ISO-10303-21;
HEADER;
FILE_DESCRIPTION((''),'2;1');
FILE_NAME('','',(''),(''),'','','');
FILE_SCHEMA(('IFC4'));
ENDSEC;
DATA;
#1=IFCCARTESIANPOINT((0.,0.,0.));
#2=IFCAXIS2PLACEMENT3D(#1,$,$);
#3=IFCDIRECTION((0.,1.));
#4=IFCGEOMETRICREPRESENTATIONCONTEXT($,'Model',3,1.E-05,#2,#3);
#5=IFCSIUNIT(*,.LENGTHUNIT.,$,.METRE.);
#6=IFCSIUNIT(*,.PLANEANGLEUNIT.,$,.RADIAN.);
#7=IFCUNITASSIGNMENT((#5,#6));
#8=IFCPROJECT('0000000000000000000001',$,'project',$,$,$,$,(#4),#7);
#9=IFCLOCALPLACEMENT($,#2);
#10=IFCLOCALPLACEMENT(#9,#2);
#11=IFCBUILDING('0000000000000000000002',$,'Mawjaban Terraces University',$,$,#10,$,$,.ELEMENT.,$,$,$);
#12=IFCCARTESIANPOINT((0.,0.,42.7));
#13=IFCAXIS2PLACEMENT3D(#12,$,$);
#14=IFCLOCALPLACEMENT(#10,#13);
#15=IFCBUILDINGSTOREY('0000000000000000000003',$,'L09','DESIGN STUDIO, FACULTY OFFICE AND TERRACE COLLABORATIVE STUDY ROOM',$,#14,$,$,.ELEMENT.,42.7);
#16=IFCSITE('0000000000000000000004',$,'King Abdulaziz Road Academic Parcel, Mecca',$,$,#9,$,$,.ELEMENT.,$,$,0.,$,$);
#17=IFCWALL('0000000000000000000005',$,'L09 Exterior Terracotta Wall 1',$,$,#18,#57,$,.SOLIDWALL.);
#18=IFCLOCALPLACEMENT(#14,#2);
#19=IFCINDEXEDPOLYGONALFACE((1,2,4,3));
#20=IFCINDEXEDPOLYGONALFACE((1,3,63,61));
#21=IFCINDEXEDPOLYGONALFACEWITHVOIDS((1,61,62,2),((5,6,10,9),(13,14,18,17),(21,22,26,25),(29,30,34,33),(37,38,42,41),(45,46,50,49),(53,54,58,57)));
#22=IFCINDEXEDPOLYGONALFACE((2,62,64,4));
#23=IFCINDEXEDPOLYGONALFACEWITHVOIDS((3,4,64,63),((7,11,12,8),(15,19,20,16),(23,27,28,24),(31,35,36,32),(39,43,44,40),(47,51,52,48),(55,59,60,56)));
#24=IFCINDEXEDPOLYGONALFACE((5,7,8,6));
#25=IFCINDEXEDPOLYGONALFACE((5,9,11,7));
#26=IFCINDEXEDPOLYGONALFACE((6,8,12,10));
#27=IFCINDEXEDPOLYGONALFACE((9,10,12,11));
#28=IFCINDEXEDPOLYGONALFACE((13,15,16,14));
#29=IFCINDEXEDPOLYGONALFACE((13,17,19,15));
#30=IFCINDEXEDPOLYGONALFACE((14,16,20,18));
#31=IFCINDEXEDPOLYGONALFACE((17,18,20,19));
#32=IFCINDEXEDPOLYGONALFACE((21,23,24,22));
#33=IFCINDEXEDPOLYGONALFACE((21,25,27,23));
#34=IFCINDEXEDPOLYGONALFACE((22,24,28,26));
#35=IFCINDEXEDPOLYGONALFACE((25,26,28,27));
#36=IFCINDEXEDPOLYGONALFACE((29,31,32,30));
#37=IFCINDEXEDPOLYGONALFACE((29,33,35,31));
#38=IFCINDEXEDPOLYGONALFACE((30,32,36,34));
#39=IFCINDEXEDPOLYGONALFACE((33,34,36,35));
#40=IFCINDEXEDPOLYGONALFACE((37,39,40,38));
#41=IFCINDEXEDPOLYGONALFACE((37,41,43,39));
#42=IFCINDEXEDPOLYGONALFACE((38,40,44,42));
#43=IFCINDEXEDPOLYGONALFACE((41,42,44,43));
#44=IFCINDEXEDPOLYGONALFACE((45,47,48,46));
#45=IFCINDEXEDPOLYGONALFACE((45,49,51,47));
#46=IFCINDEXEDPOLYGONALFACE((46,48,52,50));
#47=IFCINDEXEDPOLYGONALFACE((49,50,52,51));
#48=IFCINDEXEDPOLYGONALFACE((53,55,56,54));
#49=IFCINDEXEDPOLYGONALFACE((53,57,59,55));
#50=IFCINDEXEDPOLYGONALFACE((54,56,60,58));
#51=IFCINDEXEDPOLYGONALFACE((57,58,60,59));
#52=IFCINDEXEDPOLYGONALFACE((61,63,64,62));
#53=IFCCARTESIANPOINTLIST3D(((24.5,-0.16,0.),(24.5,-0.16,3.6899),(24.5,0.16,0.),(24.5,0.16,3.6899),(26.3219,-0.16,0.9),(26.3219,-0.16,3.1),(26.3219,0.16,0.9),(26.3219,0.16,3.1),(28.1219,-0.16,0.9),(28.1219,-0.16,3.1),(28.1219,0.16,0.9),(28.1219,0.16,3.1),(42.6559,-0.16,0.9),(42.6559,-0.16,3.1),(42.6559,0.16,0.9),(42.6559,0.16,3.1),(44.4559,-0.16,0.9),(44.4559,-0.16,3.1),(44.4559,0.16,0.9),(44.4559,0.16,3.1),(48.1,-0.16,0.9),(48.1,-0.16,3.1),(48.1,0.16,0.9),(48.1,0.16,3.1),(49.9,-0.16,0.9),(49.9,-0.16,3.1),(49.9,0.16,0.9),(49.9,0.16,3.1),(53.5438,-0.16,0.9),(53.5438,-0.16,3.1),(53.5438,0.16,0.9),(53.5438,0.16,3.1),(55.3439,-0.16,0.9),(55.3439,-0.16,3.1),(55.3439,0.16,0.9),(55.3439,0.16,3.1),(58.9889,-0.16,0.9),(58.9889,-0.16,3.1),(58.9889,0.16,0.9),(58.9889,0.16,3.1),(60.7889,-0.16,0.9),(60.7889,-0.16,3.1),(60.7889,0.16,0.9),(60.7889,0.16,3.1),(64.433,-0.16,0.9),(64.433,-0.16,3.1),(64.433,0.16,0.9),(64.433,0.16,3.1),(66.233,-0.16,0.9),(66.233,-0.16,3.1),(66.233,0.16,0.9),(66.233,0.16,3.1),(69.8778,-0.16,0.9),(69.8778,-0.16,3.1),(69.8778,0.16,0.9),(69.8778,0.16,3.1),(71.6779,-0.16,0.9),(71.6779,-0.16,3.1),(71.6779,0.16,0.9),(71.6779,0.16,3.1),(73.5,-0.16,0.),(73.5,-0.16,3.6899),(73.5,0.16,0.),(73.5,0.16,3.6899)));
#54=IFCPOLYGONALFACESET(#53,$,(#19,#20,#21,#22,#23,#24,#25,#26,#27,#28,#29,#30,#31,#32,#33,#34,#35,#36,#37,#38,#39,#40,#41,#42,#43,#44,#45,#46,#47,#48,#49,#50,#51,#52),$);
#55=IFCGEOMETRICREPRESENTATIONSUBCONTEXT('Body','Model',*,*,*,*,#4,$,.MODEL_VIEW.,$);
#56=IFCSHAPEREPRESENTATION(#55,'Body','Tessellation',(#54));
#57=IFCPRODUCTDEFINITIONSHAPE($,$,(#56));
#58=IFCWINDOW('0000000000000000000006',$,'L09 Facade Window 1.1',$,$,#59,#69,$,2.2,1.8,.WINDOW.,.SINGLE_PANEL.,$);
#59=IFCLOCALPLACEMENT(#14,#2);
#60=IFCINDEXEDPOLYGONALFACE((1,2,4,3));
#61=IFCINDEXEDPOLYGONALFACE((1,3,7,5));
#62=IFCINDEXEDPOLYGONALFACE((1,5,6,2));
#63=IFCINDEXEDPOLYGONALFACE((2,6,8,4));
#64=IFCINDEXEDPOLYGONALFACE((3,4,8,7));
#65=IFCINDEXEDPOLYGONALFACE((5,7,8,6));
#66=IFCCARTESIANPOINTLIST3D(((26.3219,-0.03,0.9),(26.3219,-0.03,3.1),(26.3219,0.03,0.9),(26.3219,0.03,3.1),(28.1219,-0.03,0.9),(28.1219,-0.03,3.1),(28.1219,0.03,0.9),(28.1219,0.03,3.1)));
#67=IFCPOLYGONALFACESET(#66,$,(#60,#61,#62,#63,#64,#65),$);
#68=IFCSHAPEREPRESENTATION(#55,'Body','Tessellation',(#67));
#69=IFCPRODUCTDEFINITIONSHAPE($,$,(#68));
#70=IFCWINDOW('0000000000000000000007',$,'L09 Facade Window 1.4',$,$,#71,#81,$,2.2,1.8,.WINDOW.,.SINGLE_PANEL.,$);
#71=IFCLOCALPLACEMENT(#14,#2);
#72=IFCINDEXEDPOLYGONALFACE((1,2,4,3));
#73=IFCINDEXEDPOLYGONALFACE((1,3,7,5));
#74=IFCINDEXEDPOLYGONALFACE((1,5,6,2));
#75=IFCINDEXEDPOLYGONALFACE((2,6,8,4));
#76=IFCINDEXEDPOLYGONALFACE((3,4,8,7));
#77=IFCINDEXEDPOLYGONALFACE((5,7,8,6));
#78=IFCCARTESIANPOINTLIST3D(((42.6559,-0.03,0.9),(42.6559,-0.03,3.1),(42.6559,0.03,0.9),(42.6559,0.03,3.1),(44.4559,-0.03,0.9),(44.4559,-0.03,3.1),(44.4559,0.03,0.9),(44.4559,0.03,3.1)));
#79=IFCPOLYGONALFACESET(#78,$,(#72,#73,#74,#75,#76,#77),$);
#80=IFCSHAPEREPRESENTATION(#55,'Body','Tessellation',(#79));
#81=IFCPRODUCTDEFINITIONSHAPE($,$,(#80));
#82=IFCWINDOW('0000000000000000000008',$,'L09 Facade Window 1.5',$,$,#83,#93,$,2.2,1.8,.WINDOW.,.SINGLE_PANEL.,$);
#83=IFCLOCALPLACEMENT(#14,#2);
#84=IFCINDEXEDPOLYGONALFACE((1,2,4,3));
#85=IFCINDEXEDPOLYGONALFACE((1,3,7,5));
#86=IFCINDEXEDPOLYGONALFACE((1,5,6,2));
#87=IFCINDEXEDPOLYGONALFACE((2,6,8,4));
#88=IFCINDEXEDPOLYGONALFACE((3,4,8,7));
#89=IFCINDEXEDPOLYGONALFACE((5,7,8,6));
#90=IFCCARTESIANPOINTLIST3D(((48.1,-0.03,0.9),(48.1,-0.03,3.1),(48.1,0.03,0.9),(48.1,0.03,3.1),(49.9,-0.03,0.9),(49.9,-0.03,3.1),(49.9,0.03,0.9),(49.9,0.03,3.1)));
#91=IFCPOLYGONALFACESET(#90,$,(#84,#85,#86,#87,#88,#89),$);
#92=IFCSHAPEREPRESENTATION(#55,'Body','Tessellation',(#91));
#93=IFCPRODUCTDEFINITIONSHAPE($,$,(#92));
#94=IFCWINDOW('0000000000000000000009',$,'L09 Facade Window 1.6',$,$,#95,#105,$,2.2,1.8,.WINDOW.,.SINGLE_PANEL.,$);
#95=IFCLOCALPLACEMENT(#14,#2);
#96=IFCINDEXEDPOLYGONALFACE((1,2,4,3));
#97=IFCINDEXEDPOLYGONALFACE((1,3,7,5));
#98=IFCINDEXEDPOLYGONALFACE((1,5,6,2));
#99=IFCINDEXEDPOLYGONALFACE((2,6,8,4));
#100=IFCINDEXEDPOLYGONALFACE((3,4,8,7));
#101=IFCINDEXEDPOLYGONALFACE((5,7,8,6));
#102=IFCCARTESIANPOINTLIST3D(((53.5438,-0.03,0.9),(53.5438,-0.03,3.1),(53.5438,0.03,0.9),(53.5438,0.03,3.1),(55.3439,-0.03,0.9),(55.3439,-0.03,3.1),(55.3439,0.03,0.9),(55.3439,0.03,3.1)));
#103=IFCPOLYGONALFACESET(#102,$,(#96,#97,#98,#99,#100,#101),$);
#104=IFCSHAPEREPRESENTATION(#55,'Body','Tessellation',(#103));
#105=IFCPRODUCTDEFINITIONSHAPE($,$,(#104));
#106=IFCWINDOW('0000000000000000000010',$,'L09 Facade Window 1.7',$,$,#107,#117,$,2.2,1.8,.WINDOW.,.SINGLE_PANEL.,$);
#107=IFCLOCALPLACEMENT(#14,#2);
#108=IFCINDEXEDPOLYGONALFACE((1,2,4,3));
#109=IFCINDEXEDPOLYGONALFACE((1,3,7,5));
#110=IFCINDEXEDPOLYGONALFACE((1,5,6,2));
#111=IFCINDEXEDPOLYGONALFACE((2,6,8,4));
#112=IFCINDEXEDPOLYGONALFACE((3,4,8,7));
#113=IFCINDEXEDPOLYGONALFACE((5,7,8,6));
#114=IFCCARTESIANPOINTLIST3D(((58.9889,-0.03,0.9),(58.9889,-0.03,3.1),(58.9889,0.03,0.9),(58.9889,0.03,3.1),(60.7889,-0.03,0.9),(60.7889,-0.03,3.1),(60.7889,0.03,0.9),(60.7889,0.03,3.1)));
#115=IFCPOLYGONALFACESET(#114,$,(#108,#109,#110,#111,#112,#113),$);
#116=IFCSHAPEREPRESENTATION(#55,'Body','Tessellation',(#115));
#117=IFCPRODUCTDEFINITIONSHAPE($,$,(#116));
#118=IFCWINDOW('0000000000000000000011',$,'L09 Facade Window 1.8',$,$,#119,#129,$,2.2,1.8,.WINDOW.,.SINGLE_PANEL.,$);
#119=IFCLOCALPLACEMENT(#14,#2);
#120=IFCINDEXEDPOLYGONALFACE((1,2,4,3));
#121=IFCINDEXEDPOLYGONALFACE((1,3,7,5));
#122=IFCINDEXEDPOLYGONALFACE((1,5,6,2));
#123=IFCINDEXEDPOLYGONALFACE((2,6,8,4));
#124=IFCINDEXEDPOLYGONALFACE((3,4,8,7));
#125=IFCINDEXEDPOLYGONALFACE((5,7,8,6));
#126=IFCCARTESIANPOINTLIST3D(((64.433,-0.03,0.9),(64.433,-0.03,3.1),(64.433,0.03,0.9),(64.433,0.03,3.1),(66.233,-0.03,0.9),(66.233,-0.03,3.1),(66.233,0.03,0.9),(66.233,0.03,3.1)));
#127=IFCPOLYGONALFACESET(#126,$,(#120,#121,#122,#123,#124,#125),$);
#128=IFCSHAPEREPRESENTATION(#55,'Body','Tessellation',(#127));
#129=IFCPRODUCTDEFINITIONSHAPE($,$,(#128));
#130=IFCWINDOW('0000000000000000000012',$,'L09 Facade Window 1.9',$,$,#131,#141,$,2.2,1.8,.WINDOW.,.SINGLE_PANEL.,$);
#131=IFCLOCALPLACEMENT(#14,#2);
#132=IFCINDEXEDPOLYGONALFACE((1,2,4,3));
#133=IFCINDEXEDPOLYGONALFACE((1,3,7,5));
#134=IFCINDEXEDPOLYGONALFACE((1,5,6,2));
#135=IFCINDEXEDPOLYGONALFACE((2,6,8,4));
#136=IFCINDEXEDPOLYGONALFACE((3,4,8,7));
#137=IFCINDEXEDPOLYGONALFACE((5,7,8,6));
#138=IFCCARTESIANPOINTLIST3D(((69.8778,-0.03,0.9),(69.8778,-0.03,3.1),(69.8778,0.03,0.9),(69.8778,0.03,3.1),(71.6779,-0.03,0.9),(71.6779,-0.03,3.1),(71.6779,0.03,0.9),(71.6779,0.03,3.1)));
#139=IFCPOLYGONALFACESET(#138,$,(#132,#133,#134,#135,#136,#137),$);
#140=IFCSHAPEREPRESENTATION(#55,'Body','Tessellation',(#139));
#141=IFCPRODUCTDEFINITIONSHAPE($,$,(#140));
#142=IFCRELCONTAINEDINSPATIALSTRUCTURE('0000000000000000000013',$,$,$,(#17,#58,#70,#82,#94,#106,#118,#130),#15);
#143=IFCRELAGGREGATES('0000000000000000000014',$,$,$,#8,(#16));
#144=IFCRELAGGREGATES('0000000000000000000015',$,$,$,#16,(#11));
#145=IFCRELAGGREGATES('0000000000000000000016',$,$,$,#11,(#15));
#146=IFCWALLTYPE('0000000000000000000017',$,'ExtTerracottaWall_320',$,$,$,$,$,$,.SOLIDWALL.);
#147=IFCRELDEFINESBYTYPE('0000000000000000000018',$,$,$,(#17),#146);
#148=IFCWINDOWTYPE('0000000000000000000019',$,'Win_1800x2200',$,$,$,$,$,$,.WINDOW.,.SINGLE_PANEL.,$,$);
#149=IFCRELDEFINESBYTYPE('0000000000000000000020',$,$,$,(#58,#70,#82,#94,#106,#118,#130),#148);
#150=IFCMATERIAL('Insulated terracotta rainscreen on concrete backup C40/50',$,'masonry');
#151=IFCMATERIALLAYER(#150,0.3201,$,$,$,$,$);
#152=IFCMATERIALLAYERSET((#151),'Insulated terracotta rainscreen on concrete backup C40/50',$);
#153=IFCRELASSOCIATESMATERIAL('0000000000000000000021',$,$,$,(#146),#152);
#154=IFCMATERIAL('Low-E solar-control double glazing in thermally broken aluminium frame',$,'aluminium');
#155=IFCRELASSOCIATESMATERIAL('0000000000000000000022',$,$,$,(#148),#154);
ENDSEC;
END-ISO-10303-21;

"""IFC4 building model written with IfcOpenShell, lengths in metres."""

from ifc_helpers import new_model, si_unit, direction, frame, frame_2d, origin, place, context, subcontext, project, spatial, rectangle, extrude, material, layer, layer_set, type_object, element, fill, save


model = new_model("IFC4")

# Units and contexts
model_context = context("Model", 3, precision=1e-05, world=origin(), true_north=direction((0.0, 1.0)))
body_context = subcontext(model_context, "Body", "Model", "MODEL_VIEW")
ifc_project = project(units=[si_unit("LENGTHUNIT", "METRE"), si_unit("PLANEANGLEUNIT", "RADIAN")], contexts=[model_context])

# Site, building, storey
site_placement = place(None, origin())
site = spatial("IfcSite", under=ifc_project, at=site_placement, Name="King Abdulaziz Road Academic Parcel, Mecca", CompositionType="ELEMENT", RefElevation=0.0)
building_placement = place(site_placement, origin())
building = spatial("IfcBuilding", under=site, at=building_placement, Name="Mawjaban Terraces University", CompositionType="ELEMENT")
storey_placement = place(building_placement, frame((0.0, 0.0, 42.7)))
storey = spatial("IfcBuildingStorey", under=building, at=storey_placement, Name="L09", Description="DESIGN STUDIO, FACULTY OFFICE AND TERRACE COLLABORATIVE STUDY ROOM", CompositionType="ELEMENT", Elevation=42.7)

# Wall, openings, windows
ifc_material_1 = material(Name="Insulated terracotta rainscreen on concrete backup C40/50", Category="masonry")
ifc_layer_1 = layer(ifc_material_1, 0.3201)
ifc_layer_set_1 = layer_set([ifc_layer_1], Name="Insulated terracotta rainscreen on concrete backup C40/50")
wall_type_1 = type_object("IfcWallType", Name="ExtTerracottaWall_320", PredefinedType="SOLIDWALL", material=ifc_layer_set_1)
wall_1_placement = place(storey_placement, frame((24.5, 0.0, 0.0), z_axis=(0.0, 0.0, 1.0), x_axis=(1.0, 0.0, 0.0)))
wall_1 = element("IfcWall", 1, at=wall_1_placement, inside=storey, type_object=wall_type_1, Name="L09 Exterior Terracotta Wall 1", PredefinedType="SOLIDWALL", context=body_context, shape_type="SweptSolid", body=[
    extrude(rectangle(XDim=49.0, YDim=0.3201, at=frame_2d((24.5, 0.0))), origin(), (0.0, 0.0, 1.0), 3.6899),
])
opening_1_placement = place(wall_1_placement, frame((1.822, 0.0, 0.8999)))
opening_1 = element("IfcOpeningElement", 2, at=opening_1_placement, cuts=wall_1, PredefinedType="OPENING", context=body_context, shape_type="SweptSolid", body=[
    extrude(rectangle(XDim=1.8, YDim=2.2, at=frame_2d((0.8999, 1.1001))), frame((0.0, 0.1699, 0.0), z_axis=(0.0, -1.0, 0.0), x_axis=(1.0, 0.0, 0.0)), (0.0, 0.0, 1.0), 0.3401),
])
opening_2_placement = place(wall_1_placement, frame((18.156, 0.0, 0.8999)))
opening_2 = element("IfcOpeningElement", 3, at=opening_2_placement, cuts=wall_1, PredefinedType="OPENING", context=body_context, shape_type="SweptSolid", body=[
    extrude(rectangle(XDim=1.8, YDim=2.2, at=frame_2d((0.8999, 1.1001))), frame((0.0, 0.1699, 0.0), z_axis=(0.0, -1.0, 0.0), x_axis=(1.0, 0.0, 0.0)), (0.0, 0.0, 1.0), 0.3401),
])
opening_3_placement = place(wall_1_placement, frame((23.6001, 0.0, 0.8999)))
opening_3 = element("IfcOpeningElement", 4, at=opening_3_placement, cuts=wall_1, PredefinedType="OPENING", context=body_context, shape_type="SweptSolid", body=[
    extrude(rectangle(XDim=1.8, YDim=2.2, at=frame_2d((0.8999, 1.1001))), frame((0.0, 0.1699, 0.0), z_axis=(0.0, -1.0, 0.0), x_axis=(1.0, 0.0, 0.0)), (0.0, 0.0, 1.0), 0.3401),
])
opening_4_placement = place(wall_1_placement, frame((29.0439, 0.0, 0.8999)))
opening_4 = element("IfcOpeningElement", 5, at=opening_4_placement, cuts=wall_1, PredefinedType="OPENING", context=body_context, shape_type="SweptSolid", body=[
    extrude(rectangle(XDim=1.8, YDim=2.2, at=frame_2d((0.8999, 1.1001))), frame((0.0, 0.1699, 0.0), z_axis=(0.0, -1.0, 0.0), x_axis=(1.0, 0.0, 0.0)), (0.0, 0.0, 1.0), 0.3401),
])
opening_5_placement = place(wall_1_placement, frame((34.489, 0.0, 0.8999)))
opening_5 = element("IfcOpeningElement", 6, at=opening_5_placement, cuts=wall_1, PredefinedType="OPENING", context=body_context, shape_type="SweptSolid", body=[
    extrude(rectangle(XDim=1.8, YDim=2.2, at=frame_2d((0.8999, 1.1001))), frame((0.0, 0.1699, 0.0), z_axis=(0.0, -1.0, 0.0), x_axis=(1.0, 0.0, 0.0)), (0.0, 0.0, 1.0), 0.3401),
])
opening_6_placement = place(wall_1_placement, frame((39.9331, 0.0, 0.8999)))
opening_6 = element("IfcOpeningElement", 7, at=opening_6_placement, cuts=wall_1, PredefinedType="OPENING", context=body_context, shape_type="SweptSolid", body=[
    extrude(rectangle(XDim=1.8, YDim=2.2, at=frame_2d((0.8999, 1.1001))), frame((0.0, 0.1699, 0.0), z_axis=(0.0, -1.0, 0.0), x_axis=(1.0, 0.0, 0.0)), (0.0, 0.0, 1.0), 0.3401),
])
opening_7_placement = place(wall_1_placement, frame((45.3779, 0.0, 0.8999)))
opening_7 = element("IfcOpeningElement", 8, at=opening_7_placement, cuts=wall_1, PredefinedType="OPENING", context=body_context, shape_type="SweptSolid", body=[
    extrude(rectangle(XDim=1.8, YDim=2.2, at=frame_2d((0.8999, 1.1001))), frame((0.0, 0.1699, 0.0), z_axis=(0.0, -1.0, 0.0), x_axis=(1.0, 0.0, 0.0)), (0.0, 0.0, 1.0), 0.3401),
])
ifc_material_2 = material(Name="Low-E solar-control double glazing in thermally broken aluminium frame", Category="aluminium")
window_type = type_object("IfcWindowType", Name="Win_1800x2200", PartitioningType="SINGLE_PANEL", PredefinedType="WINDOW", material=ifc_material_2)
window_1_placement = place(opening_1_placement, origin())
window_1 = element("IfcWindow", 9, at=window_1_placement, inside=storey, type_object=window_type, Name="L09 Facade Window 1.1", OverallHeight=2.2, OverallWidth=1.8, PartitioningType="SINGLE_PANEL", PredefinedType="WINDOW", context=body_context, shape_type="SweptSolid", body=[
    extrude(rectangle(XDim=1.8, YDim=2.2, at=frame_2d((0.8999, 1.1001))), frame((0.0, 0.03, 0.0), z_axis=(0.0, -1.0, 0.0), x_axis=(1.0, 0.0, 0.0)), (0.0, 0.0, 1.0), 0.0601),
])
fill(opening_1, window_1)
window_2_placement = place(opening_2_placement, origin())
window_2 = element("IfcWindow", 10, at=window_2_placement, inside=storey, type_object=window_type, Name="L09 Facade Window 1.4", OverallHeight=2.2, OverallWidth=1.8, PartitioningType="SINGLE_PANEL", PredefinedType="WINDOW", context=body_context, shape_type="SweptSolid", body=[
    extrude(rectangle(XDim=1.8, YDim=2.2, at=frame_2d((0.8999, 1.1001))), frame((0.0, 0.03, 0.0), z_axis=(0.0, -1.0, 0.0), x_axis=(1.0, 0.0, 0.0)), (0.0, 0.0, 1.0), 0.0601),
])
fill(opening_2, window_2)
window_3_placement = place(opening_3_placement, origin())
window_3 = element("IfcWindow", 11, at=window_3_placement, inside=storey, type_object=window_type, Name="L09 Facade Window 1.5", OverallHeight=2.2, OverallWidth=1.8, PartitioningType="SINGLE_PANEL", PredefinedType="WINDOW", context=body_context, shape_type="SweptSolid", body=[
    extrude(rectangle(XDim=1.8, YDim=2.2, at=frame_2d((0.8999, 1.1001))), frame((0.0, 0.03, 0.0), z_axis=(0.0, -1.0, 0.0), x_axis=(1.0, 0.0, 0.0)), (0.0, 0.0, 1.0), 0.0601),
])
fill(opening_3, window_3)
window_4_placement = place(opening_4_placement, origin())
window_4 = element("IfcWindow", 12, at=window_4_placement, inside=storey, type_object=window_type, Name="L09 Facade Window 1.6", OverallHeight=2.2, OverallWidth=1.8, PartitioningType="SINGLE_PANEL", PredefinedType="WINDOW", context=body_context, shape_type="SweptSolid", body=[
    extrude(rectangle(XDim=1.8, YDim=2.2, at=frame_2d((0.8999, 1.1001))), frame((0.0, 0.03, 0.0), z_axis=(0.0, -1.0, 0.0), x_axis=(1.0, 0.0, 0.0)), (0.0, 0.0, 1.0), 0.0601),
])
fill(opening_4, window_4)
window_5_placement = place(opening_5_placement, origin())
window_5 = element("IfcWindow", 13, at=window_5_placement, inside=storey, type_object=window_type, Name="L09 Facade Window 1.7", OverallHeight=2.2, OverallWidth=1.8, PartitioningType="SINGLE_PANEL", PredefinedType="WINDOW", context=body_context, shape_type="SweptSolid", body=[
    extrude(rectangle(XDim=1.8, YDim=2.2, at=frame_2d((0.8999, 1.1001))), frame((0.0, 0.03, 0.0), z_axis=(0.0, -1.0, 0.0), x_axis=(1.0, 0.0, 0.0)), (0.0, 0.0, 1.0), 0.0601),
])
fill(opening_5, window_5)
window_6_placement = place(opening_6_placement, origin())
window_6 = element("IfcWindow", 14, at=window_6_placement, inside=storey, type_object=window_type, Name="L09 Facade Window 1.8", OverallHeight=2.2, OverallWidth=1.8, PartitioningType="SINGLE_PANEL", PredefinedType="WINDOW", context=body_context, shape_type="SweptSolid", body=[
    extrude(rectangle(XDim=1.8, YDim=2.2, at=frame_2d((0.8999, 1.1001))), frame((0.0, 0.03, 0.0), z_axis=(0.0, -1.0, 0.0), x_axis=(1.0, 0.0, 0.0)), (0.0, 0.0, 1.0), 0.0601),
])
fill(opening_6, window_6)
window_7_placement = place(opening_7_placement, origin())
window_7 = element("IfcWindow", 15, at=window_7_placement, inside=storey, type_object=window_type, Name="L09 Facade Window 1.9", OverallHeight=2.2, OverallWidth=1.8, PartitioningType="SINGLE_PANEL", PredefinedType="WINDOW", context=body_context, shape_type="SweptSolid", body=[
    extrude(rectangle(XDim=1.8, YDim=2.2, at=frame_2d((0.8999, 1.1001))), frame((0.0, 0.03, 0.0), z_axis=(0.0, -1.0, 0.0), x_axis=(1.0, 0.0, 0.0)), (0.0, 0.0, 1.0), 0.0601),
])
fill(opening_7, window_7)

save(model, "model.ifc")
